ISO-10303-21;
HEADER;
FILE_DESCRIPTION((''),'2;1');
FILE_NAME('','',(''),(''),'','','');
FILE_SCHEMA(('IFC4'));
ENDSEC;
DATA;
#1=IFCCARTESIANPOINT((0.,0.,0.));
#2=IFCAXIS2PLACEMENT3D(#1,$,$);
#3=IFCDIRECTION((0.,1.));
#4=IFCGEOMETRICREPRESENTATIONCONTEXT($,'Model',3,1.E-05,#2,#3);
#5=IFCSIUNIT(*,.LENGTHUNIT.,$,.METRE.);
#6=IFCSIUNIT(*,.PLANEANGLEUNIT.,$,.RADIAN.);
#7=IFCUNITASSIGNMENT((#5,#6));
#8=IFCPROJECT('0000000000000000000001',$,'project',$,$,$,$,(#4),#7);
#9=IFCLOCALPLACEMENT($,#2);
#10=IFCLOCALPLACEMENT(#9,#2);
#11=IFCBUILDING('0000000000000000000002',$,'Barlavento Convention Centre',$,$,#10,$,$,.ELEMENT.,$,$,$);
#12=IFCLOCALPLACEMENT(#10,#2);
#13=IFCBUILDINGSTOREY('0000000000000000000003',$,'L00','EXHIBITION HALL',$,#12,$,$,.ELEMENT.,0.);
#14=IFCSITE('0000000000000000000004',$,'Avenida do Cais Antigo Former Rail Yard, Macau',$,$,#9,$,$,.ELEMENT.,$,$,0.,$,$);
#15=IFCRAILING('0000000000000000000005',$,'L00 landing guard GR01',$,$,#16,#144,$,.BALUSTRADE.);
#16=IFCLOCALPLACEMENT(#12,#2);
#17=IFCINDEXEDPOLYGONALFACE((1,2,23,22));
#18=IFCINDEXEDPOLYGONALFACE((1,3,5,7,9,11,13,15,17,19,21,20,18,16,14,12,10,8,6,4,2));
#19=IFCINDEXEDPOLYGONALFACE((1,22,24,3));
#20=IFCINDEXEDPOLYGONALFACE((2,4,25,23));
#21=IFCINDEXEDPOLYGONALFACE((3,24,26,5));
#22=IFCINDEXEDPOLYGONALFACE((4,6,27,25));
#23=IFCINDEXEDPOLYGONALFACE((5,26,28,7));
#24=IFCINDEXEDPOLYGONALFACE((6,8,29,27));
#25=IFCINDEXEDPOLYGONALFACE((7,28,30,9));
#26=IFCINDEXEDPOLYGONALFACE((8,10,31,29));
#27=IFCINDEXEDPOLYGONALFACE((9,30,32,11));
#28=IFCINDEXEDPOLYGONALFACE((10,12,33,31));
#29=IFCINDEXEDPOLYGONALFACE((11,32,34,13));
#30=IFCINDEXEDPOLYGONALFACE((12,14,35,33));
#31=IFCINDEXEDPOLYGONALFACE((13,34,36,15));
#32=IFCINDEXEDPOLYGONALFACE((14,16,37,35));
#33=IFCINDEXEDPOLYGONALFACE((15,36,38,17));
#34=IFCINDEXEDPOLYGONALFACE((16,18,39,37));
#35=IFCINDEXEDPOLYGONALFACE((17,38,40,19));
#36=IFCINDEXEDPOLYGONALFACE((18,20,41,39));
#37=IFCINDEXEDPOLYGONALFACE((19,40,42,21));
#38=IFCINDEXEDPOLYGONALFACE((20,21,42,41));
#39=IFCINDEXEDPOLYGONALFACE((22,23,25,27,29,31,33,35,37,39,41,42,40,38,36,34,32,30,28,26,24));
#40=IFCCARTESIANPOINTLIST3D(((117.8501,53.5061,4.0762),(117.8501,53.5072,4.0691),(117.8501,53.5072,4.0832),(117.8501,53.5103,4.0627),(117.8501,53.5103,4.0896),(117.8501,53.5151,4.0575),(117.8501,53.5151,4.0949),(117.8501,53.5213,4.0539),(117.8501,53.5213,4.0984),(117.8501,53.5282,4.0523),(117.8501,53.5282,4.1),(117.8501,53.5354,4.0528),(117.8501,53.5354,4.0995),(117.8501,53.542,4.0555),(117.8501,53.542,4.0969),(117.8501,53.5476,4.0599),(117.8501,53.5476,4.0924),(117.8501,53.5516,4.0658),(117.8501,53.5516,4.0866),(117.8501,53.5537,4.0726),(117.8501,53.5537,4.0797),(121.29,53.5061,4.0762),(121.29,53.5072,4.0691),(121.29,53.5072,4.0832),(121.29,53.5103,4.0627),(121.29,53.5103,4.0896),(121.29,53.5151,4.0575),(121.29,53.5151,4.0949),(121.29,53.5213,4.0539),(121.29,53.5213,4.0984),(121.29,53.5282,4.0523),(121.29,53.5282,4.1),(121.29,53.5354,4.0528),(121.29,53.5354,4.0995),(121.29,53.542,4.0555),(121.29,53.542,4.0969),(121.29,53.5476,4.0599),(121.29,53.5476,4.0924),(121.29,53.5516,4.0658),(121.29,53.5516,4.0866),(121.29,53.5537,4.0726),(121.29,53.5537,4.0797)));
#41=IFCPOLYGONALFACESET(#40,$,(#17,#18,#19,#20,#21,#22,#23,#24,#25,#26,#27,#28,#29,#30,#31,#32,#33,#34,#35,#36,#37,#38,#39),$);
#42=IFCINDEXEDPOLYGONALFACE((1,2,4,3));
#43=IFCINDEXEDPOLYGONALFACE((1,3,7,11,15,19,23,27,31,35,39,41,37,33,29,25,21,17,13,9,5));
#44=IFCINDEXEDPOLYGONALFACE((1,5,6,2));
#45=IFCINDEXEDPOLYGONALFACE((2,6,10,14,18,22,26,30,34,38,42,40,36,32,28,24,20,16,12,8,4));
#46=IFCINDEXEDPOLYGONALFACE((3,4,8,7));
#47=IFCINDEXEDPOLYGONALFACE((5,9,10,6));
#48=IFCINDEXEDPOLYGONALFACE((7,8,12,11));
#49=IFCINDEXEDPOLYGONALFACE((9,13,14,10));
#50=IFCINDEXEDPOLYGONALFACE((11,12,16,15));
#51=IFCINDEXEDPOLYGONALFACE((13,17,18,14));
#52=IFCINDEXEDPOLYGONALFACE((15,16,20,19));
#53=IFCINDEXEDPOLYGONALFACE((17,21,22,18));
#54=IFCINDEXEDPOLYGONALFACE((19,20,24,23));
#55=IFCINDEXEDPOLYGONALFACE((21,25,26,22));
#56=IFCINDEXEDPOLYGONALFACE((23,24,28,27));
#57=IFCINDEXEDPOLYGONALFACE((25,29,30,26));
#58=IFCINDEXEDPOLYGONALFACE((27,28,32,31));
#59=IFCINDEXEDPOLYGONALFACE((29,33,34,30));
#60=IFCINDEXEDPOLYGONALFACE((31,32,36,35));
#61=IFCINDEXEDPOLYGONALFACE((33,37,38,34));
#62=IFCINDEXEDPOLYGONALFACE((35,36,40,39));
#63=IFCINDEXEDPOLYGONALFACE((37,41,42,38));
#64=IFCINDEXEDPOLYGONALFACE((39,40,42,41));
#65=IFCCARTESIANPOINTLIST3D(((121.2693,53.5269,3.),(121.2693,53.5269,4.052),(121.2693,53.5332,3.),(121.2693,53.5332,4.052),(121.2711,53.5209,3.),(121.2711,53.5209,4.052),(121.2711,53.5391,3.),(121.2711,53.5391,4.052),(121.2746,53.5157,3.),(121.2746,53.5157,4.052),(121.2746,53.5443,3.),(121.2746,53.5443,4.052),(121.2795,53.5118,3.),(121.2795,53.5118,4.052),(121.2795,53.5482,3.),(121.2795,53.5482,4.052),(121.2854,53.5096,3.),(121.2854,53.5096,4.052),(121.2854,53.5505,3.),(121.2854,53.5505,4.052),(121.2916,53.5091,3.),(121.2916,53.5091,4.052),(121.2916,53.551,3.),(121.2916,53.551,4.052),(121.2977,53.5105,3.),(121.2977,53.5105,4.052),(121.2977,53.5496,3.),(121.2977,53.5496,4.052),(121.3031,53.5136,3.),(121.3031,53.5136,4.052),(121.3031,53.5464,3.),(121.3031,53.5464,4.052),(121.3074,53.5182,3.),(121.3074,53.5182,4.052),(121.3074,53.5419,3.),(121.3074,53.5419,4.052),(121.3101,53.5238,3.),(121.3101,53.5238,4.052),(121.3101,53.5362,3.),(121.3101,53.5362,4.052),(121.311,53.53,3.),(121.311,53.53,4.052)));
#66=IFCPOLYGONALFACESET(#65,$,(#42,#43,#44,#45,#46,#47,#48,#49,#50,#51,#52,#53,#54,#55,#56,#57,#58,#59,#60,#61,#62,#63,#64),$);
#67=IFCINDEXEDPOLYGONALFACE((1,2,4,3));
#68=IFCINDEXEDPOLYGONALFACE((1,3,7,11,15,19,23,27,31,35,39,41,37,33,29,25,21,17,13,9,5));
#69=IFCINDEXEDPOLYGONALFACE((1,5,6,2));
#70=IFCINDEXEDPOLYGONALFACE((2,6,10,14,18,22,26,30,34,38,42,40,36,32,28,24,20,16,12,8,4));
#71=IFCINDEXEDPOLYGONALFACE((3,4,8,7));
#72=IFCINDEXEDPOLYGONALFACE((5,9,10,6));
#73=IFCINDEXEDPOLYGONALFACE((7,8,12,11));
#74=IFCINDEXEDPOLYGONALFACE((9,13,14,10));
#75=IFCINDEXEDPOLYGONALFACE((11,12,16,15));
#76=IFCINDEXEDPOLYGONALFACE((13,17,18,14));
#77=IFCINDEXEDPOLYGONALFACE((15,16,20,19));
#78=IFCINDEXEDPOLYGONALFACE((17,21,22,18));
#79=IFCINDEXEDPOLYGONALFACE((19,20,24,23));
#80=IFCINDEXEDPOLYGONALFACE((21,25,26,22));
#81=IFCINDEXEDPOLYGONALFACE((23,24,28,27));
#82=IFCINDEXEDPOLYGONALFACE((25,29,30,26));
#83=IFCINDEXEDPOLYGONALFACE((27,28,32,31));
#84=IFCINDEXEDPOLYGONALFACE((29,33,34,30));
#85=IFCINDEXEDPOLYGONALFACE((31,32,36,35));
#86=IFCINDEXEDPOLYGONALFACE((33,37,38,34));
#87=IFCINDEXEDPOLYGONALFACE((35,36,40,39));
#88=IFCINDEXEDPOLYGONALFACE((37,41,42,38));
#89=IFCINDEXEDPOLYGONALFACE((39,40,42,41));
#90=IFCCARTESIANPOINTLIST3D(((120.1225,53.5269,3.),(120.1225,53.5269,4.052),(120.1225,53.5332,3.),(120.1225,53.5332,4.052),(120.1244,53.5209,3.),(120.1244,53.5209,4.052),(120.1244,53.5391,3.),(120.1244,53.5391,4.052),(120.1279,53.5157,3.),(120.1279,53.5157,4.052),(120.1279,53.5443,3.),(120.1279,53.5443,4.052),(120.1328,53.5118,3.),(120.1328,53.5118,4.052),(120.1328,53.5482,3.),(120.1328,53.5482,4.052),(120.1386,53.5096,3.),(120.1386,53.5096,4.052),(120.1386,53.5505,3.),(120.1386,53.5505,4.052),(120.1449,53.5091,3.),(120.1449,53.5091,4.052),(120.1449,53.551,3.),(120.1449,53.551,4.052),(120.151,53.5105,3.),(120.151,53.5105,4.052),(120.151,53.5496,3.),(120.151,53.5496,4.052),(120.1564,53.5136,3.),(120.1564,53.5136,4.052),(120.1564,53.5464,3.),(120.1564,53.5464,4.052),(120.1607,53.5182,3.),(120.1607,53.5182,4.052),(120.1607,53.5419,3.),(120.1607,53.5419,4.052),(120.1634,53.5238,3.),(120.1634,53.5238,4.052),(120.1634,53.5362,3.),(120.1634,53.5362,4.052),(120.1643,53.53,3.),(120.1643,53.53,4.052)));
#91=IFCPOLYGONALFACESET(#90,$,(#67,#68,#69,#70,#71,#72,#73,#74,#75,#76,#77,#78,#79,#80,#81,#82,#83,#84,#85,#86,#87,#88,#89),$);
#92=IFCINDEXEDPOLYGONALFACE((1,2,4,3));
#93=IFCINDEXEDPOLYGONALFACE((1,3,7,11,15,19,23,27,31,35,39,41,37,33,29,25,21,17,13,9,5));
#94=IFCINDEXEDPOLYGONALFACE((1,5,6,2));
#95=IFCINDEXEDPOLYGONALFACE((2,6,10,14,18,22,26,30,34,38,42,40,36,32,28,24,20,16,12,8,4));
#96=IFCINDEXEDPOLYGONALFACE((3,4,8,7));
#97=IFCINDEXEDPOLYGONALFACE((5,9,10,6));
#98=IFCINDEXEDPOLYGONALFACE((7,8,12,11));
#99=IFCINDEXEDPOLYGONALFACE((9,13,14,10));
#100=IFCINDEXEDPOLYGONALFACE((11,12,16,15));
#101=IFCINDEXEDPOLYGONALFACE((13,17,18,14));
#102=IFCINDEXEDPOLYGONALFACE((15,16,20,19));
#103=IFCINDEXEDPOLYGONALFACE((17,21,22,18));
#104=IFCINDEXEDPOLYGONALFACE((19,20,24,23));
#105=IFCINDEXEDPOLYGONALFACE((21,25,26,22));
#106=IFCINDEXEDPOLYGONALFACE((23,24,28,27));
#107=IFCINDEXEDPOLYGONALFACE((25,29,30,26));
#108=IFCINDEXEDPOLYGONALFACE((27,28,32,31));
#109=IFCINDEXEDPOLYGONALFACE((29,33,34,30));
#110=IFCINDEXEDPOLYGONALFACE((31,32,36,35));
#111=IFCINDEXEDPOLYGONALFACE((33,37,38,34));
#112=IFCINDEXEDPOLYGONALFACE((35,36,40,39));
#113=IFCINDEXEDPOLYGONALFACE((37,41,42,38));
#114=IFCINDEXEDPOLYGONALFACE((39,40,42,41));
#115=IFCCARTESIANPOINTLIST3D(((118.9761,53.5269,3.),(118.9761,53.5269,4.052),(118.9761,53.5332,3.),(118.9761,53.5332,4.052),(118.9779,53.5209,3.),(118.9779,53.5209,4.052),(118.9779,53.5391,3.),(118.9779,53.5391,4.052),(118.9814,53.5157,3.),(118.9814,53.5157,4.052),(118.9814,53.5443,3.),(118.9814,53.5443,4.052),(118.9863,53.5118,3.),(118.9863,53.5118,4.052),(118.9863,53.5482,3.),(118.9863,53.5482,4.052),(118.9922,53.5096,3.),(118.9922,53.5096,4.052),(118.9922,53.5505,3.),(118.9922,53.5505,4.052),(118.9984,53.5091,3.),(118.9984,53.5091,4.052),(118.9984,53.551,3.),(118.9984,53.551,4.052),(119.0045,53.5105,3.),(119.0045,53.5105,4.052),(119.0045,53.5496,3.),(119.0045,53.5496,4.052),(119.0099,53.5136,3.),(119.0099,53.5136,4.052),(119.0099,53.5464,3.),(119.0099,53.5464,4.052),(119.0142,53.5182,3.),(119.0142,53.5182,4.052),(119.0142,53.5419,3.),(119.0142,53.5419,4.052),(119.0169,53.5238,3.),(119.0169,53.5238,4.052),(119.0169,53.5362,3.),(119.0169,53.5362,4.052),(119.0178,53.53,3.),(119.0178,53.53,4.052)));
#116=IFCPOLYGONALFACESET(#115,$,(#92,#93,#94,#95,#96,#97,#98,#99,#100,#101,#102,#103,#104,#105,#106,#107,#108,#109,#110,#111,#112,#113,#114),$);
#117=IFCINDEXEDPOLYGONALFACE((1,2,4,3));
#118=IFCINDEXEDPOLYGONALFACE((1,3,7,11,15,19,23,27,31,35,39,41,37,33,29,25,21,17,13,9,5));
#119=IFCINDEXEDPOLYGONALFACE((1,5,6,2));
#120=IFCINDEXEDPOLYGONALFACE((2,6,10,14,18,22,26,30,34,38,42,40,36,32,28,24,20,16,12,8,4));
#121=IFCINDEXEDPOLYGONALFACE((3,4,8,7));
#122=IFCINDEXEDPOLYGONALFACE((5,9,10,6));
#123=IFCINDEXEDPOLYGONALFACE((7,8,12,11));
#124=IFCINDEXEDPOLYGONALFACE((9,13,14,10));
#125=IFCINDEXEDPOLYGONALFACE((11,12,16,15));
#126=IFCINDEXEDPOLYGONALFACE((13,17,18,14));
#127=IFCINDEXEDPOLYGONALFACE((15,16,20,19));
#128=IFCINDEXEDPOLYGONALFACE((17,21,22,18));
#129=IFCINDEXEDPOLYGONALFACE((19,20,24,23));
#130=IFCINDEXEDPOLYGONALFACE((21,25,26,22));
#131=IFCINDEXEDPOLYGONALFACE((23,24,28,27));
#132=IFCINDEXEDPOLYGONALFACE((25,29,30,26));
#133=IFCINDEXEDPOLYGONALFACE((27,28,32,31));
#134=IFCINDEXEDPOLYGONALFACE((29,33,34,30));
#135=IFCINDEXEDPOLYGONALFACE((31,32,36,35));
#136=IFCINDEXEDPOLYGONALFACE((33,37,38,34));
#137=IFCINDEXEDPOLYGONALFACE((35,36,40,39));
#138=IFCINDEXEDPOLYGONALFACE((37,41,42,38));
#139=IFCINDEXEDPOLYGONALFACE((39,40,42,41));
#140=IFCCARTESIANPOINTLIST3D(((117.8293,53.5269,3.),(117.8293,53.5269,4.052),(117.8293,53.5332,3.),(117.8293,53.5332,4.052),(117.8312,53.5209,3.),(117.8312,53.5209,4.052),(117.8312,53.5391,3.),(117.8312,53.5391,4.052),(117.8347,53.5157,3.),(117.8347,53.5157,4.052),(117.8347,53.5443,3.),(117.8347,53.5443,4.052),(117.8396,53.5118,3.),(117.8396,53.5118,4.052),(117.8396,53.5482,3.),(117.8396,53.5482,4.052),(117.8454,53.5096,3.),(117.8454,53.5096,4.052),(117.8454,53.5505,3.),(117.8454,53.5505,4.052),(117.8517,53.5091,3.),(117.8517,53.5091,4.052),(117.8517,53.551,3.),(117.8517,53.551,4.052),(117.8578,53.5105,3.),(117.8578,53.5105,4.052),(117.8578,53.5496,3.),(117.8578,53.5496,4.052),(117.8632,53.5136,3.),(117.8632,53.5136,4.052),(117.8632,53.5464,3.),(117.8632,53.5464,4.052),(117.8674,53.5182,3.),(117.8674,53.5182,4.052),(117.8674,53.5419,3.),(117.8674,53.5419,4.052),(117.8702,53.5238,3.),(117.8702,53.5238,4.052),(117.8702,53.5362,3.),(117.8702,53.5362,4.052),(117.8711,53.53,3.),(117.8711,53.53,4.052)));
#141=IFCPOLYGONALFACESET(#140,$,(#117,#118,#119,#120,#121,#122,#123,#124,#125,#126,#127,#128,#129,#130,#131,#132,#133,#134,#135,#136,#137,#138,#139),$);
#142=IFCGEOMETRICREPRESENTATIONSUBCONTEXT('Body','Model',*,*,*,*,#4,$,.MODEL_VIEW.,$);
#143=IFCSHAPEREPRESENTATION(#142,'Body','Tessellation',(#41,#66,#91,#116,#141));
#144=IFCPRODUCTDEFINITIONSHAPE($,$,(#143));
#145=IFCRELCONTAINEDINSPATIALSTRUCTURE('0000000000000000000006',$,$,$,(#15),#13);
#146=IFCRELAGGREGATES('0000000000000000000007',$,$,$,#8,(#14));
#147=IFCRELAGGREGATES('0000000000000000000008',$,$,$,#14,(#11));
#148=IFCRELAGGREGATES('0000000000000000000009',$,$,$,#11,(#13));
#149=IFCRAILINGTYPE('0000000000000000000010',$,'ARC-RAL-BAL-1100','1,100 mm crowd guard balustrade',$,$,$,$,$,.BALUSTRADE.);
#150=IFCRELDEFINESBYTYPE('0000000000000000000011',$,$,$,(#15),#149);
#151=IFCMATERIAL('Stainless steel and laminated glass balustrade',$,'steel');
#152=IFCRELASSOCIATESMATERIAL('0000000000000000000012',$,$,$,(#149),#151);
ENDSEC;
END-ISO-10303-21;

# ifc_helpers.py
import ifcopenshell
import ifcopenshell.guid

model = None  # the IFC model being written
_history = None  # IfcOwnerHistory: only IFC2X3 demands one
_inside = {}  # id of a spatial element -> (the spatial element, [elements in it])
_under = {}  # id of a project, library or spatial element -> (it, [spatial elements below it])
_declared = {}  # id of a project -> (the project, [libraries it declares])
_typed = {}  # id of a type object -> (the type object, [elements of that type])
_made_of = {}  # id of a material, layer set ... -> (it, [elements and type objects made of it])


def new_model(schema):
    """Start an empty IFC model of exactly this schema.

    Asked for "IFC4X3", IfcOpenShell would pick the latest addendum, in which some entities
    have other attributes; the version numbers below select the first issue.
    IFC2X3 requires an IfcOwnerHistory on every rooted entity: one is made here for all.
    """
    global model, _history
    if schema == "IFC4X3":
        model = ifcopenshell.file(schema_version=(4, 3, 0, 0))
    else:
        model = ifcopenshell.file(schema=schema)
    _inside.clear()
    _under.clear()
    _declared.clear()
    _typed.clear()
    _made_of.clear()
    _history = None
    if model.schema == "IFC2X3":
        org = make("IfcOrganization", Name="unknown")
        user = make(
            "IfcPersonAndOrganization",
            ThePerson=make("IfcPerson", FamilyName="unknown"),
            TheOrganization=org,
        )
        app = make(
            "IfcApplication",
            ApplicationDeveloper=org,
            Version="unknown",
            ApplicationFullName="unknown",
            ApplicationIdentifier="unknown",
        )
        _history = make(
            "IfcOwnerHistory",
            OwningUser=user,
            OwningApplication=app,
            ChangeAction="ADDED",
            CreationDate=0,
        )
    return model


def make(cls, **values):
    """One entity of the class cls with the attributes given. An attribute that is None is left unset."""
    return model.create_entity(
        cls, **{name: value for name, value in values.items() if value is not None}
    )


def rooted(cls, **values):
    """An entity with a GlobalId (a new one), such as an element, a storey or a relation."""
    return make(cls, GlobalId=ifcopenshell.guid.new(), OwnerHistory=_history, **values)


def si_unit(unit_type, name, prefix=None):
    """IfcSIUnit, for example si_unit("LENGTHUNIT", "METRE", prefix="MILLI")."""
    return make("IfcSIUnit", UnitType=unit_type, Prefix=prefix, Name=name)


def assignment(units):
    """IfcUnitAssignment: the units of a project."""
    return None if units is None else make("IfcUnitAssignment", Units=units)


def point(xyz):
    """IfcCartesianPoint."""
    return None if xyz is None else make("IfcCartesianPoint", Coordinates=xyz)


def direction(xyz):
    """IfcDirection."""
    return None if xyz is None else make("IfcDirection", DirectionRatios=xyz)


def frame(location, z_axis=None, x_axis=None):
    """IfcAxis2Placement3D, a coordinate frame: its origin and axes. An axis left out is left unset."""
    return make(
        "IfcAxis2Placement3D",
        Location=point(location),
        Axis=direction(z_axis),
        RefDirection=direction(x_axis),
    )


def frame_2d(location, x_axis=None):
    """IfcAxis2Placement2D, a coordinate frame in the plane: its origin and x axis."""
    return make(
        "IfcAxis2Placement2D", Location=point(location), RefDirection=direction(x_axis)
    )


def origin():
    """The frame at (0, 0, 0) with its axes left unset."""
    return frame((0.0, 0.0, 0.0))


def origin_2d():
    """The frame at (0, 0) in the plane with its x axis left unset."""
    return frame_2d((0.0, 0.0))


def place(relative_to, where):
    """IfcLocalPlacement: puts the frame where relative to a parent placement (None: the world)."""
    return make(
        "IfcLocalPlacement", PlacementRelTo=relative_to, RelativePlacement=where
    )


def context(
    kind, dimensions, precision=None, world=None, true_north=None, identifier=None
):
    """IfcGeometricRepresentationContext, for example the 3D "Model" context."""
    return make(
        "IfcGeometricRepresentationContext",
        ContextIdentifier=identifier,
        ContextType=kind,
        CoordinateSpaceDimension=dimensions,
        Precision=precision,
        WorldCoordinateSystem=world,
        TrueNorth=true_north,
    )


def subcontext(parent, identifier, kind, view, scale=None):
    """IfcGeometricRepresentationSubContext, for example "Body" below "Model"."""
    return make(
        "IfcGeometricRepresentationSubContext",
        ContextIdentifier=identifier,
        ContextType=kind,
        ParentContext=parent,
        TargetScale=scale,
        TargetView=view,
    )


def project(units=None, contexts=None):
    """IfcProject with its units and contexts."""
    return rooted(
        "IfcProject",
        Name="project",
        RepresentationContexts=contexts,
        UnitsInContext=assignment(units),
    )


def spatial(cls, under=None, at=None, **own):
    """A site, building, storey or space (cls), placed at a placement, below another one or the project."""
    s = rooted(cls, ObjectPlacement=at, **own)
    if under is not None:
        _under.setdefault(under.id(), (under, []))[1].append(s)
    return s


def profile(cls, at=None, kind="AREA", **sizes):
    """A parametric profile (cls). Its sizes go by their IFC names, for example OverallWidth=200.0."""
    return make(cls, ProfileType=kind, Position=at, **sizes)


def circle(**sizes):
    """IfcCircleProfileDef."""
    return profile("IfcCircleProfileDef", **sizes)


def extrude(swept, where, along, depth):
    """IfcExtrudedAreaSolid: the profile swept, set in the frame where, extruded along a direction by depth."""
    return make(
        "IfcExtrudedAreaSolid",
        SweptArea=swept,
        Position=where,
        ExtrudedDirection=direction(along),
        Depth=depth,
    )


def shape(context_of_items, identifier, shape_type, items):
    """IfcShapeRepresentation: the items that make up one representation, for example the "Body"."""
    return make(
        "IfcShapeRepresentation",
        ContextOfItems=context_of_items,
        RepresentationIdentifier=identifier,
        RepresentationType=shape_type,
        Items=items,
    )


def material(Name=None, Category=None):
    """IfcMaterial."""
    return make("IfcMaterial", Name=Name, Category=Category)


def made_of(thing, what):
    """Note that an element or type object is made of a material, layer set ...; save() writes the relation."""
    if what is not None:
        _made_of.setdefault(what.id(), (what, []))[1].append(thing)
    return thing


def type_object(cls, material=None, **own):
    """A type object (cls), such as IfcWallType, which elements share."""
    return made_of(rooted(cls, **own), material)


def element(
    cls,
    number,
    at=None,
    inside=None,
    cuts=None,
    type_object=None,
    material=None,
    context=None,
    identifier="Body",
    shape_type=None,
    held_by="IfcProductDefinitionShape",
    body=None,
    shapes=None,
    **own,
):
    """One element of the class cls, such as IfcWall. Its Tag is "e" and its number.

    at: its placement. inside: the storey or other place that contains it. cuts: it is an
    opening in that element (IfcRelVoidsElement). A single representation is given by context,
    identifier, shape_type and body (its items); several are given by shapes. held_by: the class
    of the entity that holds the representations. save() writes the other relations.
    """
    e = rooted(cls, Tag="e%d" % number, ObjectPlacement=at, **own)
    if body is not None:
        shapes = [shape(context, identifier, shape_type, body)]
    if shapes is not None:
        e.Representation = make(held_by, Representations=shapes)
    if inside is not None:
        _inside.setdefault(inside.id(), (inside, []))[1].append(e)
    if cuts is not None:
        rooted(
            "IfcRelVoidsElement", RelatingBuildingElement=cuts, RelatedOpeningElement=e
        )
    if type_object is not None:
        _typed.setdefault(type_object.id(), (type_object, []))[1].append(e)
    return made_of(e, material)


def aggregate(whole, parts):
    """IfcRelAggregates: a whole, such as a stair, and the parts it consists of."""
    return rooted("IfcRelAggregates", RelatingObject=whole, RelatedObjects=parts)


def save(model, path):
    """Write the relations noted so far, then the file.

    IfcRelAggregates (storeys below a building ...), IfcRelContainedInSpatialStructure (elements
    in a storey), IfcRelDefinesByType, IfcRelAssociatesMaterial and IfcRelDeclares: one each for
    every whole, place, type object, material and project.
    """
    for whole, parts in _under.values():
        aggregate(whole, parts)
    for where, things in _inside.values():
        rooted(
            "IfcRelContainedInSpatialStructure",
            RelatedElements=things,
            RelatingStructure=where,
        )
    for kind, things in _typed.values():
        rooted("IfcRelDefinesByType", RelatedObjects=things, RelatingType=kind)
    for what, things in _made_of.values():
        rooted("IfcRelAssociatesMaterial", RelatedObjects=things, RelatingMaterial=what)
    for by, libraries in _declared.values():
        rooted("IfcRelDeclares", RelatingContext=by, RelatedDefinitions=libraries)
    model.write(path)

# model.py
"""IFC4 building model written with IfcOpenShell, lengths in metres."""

from ifc_helpers import new_model, si_unit, direction, frame, origin, origin_2d, place, context, subcontext, project, spatial, circle, extrude, material, type_object, element, save


model = new_model("IFC4")

# Units and contexts
model_context = context("Model", 3, precision=1e-05, world=origin(), true_north=direction((0.0, 1.0)))
body_context = subcontext(model_context, "Body", "Model", "MODEL_VIEW")
ifc_project = project(units=[si_unit("LENGTHUNIT", "METRE"), si_unit("PLANEANGLEUNIT", "RADIAN")], contexts=[model_context])

# Site, building, storey
site_placement = place(None, origin())
site = spatial("IfcSite", under=ifc_project, at=site_placement, Name="Avenida do Cais Antigo Former Rail Yard, Macau", CompositionType="ELEMENT", RefElevation=0.0)
building_placement = place(site_placement, origin())
building = spatial("IfcBuilding", under=site, at=building_placement, Name="Barlavento Convention Centre", CompositionType="ELEMENT")
storey_placement = place(building_placement, origin())
storey = spatial("IfcBuildingStorey", under=building, at=storey_placement, Name="L00", Description="EXHIBITION HALL", CompositionType="ELEMENT", Elevation=0.0)

# Railing
ifc_material_1 = material(Name="Stainless steel and laminated glass balustrade", Category="steel")
railing_type_1 = type_object("IfcRailingType", Name="ARC-RAL-BAL-1100", Description="1,100 mm crowd guard balustrade", PredefinedType="BALUSTRADE", material=ifc_material_1)
railing_1_placement = place(storey_placement, frame((121.29, 53.53, 3.0)))
element("IfcRailing", 1, at=railing_1_placement, inside=storey, type_object=railing_type_1, Name="L00 landing guard GR01", PredefinedType="BALUSTRADE", context=body_context, shape_type="SweptSolid", body=[
    extrude(circle(Radius=0.0239, at=origin_2d()), frame((0.0, 0.0, 1.0762), z_axis=(-1.0, 0.0, 0.0), x_axis=(0.0, -1.0, 0.0)), (0.0, 0.0, 1.0), 3.4399),
    extrude(circle(Radius=0.021, at=origin_2d()), origin(), (0.0, 0.0, 1.0), 1.052),
    extrude(circle(Radius=0.021, at=origin_2d()), frame((-1.1467, 0.0, 0.0)), (0.0, 0.0, 1.0), 1.052),
    extrude(circle(Radius=0.021, at=origin_2d()), frame((-2.2932, 0.0, 0.0)), (0.0, 0.0, 1.0), 1.052),
    extrude(circle(Radius=0.021, at=origin_2d()), frame((-3.4399, 0.0, 0.0)), (0.0, 0.0, 1.0), 1.052),
])

save(model, "model.ifc")
